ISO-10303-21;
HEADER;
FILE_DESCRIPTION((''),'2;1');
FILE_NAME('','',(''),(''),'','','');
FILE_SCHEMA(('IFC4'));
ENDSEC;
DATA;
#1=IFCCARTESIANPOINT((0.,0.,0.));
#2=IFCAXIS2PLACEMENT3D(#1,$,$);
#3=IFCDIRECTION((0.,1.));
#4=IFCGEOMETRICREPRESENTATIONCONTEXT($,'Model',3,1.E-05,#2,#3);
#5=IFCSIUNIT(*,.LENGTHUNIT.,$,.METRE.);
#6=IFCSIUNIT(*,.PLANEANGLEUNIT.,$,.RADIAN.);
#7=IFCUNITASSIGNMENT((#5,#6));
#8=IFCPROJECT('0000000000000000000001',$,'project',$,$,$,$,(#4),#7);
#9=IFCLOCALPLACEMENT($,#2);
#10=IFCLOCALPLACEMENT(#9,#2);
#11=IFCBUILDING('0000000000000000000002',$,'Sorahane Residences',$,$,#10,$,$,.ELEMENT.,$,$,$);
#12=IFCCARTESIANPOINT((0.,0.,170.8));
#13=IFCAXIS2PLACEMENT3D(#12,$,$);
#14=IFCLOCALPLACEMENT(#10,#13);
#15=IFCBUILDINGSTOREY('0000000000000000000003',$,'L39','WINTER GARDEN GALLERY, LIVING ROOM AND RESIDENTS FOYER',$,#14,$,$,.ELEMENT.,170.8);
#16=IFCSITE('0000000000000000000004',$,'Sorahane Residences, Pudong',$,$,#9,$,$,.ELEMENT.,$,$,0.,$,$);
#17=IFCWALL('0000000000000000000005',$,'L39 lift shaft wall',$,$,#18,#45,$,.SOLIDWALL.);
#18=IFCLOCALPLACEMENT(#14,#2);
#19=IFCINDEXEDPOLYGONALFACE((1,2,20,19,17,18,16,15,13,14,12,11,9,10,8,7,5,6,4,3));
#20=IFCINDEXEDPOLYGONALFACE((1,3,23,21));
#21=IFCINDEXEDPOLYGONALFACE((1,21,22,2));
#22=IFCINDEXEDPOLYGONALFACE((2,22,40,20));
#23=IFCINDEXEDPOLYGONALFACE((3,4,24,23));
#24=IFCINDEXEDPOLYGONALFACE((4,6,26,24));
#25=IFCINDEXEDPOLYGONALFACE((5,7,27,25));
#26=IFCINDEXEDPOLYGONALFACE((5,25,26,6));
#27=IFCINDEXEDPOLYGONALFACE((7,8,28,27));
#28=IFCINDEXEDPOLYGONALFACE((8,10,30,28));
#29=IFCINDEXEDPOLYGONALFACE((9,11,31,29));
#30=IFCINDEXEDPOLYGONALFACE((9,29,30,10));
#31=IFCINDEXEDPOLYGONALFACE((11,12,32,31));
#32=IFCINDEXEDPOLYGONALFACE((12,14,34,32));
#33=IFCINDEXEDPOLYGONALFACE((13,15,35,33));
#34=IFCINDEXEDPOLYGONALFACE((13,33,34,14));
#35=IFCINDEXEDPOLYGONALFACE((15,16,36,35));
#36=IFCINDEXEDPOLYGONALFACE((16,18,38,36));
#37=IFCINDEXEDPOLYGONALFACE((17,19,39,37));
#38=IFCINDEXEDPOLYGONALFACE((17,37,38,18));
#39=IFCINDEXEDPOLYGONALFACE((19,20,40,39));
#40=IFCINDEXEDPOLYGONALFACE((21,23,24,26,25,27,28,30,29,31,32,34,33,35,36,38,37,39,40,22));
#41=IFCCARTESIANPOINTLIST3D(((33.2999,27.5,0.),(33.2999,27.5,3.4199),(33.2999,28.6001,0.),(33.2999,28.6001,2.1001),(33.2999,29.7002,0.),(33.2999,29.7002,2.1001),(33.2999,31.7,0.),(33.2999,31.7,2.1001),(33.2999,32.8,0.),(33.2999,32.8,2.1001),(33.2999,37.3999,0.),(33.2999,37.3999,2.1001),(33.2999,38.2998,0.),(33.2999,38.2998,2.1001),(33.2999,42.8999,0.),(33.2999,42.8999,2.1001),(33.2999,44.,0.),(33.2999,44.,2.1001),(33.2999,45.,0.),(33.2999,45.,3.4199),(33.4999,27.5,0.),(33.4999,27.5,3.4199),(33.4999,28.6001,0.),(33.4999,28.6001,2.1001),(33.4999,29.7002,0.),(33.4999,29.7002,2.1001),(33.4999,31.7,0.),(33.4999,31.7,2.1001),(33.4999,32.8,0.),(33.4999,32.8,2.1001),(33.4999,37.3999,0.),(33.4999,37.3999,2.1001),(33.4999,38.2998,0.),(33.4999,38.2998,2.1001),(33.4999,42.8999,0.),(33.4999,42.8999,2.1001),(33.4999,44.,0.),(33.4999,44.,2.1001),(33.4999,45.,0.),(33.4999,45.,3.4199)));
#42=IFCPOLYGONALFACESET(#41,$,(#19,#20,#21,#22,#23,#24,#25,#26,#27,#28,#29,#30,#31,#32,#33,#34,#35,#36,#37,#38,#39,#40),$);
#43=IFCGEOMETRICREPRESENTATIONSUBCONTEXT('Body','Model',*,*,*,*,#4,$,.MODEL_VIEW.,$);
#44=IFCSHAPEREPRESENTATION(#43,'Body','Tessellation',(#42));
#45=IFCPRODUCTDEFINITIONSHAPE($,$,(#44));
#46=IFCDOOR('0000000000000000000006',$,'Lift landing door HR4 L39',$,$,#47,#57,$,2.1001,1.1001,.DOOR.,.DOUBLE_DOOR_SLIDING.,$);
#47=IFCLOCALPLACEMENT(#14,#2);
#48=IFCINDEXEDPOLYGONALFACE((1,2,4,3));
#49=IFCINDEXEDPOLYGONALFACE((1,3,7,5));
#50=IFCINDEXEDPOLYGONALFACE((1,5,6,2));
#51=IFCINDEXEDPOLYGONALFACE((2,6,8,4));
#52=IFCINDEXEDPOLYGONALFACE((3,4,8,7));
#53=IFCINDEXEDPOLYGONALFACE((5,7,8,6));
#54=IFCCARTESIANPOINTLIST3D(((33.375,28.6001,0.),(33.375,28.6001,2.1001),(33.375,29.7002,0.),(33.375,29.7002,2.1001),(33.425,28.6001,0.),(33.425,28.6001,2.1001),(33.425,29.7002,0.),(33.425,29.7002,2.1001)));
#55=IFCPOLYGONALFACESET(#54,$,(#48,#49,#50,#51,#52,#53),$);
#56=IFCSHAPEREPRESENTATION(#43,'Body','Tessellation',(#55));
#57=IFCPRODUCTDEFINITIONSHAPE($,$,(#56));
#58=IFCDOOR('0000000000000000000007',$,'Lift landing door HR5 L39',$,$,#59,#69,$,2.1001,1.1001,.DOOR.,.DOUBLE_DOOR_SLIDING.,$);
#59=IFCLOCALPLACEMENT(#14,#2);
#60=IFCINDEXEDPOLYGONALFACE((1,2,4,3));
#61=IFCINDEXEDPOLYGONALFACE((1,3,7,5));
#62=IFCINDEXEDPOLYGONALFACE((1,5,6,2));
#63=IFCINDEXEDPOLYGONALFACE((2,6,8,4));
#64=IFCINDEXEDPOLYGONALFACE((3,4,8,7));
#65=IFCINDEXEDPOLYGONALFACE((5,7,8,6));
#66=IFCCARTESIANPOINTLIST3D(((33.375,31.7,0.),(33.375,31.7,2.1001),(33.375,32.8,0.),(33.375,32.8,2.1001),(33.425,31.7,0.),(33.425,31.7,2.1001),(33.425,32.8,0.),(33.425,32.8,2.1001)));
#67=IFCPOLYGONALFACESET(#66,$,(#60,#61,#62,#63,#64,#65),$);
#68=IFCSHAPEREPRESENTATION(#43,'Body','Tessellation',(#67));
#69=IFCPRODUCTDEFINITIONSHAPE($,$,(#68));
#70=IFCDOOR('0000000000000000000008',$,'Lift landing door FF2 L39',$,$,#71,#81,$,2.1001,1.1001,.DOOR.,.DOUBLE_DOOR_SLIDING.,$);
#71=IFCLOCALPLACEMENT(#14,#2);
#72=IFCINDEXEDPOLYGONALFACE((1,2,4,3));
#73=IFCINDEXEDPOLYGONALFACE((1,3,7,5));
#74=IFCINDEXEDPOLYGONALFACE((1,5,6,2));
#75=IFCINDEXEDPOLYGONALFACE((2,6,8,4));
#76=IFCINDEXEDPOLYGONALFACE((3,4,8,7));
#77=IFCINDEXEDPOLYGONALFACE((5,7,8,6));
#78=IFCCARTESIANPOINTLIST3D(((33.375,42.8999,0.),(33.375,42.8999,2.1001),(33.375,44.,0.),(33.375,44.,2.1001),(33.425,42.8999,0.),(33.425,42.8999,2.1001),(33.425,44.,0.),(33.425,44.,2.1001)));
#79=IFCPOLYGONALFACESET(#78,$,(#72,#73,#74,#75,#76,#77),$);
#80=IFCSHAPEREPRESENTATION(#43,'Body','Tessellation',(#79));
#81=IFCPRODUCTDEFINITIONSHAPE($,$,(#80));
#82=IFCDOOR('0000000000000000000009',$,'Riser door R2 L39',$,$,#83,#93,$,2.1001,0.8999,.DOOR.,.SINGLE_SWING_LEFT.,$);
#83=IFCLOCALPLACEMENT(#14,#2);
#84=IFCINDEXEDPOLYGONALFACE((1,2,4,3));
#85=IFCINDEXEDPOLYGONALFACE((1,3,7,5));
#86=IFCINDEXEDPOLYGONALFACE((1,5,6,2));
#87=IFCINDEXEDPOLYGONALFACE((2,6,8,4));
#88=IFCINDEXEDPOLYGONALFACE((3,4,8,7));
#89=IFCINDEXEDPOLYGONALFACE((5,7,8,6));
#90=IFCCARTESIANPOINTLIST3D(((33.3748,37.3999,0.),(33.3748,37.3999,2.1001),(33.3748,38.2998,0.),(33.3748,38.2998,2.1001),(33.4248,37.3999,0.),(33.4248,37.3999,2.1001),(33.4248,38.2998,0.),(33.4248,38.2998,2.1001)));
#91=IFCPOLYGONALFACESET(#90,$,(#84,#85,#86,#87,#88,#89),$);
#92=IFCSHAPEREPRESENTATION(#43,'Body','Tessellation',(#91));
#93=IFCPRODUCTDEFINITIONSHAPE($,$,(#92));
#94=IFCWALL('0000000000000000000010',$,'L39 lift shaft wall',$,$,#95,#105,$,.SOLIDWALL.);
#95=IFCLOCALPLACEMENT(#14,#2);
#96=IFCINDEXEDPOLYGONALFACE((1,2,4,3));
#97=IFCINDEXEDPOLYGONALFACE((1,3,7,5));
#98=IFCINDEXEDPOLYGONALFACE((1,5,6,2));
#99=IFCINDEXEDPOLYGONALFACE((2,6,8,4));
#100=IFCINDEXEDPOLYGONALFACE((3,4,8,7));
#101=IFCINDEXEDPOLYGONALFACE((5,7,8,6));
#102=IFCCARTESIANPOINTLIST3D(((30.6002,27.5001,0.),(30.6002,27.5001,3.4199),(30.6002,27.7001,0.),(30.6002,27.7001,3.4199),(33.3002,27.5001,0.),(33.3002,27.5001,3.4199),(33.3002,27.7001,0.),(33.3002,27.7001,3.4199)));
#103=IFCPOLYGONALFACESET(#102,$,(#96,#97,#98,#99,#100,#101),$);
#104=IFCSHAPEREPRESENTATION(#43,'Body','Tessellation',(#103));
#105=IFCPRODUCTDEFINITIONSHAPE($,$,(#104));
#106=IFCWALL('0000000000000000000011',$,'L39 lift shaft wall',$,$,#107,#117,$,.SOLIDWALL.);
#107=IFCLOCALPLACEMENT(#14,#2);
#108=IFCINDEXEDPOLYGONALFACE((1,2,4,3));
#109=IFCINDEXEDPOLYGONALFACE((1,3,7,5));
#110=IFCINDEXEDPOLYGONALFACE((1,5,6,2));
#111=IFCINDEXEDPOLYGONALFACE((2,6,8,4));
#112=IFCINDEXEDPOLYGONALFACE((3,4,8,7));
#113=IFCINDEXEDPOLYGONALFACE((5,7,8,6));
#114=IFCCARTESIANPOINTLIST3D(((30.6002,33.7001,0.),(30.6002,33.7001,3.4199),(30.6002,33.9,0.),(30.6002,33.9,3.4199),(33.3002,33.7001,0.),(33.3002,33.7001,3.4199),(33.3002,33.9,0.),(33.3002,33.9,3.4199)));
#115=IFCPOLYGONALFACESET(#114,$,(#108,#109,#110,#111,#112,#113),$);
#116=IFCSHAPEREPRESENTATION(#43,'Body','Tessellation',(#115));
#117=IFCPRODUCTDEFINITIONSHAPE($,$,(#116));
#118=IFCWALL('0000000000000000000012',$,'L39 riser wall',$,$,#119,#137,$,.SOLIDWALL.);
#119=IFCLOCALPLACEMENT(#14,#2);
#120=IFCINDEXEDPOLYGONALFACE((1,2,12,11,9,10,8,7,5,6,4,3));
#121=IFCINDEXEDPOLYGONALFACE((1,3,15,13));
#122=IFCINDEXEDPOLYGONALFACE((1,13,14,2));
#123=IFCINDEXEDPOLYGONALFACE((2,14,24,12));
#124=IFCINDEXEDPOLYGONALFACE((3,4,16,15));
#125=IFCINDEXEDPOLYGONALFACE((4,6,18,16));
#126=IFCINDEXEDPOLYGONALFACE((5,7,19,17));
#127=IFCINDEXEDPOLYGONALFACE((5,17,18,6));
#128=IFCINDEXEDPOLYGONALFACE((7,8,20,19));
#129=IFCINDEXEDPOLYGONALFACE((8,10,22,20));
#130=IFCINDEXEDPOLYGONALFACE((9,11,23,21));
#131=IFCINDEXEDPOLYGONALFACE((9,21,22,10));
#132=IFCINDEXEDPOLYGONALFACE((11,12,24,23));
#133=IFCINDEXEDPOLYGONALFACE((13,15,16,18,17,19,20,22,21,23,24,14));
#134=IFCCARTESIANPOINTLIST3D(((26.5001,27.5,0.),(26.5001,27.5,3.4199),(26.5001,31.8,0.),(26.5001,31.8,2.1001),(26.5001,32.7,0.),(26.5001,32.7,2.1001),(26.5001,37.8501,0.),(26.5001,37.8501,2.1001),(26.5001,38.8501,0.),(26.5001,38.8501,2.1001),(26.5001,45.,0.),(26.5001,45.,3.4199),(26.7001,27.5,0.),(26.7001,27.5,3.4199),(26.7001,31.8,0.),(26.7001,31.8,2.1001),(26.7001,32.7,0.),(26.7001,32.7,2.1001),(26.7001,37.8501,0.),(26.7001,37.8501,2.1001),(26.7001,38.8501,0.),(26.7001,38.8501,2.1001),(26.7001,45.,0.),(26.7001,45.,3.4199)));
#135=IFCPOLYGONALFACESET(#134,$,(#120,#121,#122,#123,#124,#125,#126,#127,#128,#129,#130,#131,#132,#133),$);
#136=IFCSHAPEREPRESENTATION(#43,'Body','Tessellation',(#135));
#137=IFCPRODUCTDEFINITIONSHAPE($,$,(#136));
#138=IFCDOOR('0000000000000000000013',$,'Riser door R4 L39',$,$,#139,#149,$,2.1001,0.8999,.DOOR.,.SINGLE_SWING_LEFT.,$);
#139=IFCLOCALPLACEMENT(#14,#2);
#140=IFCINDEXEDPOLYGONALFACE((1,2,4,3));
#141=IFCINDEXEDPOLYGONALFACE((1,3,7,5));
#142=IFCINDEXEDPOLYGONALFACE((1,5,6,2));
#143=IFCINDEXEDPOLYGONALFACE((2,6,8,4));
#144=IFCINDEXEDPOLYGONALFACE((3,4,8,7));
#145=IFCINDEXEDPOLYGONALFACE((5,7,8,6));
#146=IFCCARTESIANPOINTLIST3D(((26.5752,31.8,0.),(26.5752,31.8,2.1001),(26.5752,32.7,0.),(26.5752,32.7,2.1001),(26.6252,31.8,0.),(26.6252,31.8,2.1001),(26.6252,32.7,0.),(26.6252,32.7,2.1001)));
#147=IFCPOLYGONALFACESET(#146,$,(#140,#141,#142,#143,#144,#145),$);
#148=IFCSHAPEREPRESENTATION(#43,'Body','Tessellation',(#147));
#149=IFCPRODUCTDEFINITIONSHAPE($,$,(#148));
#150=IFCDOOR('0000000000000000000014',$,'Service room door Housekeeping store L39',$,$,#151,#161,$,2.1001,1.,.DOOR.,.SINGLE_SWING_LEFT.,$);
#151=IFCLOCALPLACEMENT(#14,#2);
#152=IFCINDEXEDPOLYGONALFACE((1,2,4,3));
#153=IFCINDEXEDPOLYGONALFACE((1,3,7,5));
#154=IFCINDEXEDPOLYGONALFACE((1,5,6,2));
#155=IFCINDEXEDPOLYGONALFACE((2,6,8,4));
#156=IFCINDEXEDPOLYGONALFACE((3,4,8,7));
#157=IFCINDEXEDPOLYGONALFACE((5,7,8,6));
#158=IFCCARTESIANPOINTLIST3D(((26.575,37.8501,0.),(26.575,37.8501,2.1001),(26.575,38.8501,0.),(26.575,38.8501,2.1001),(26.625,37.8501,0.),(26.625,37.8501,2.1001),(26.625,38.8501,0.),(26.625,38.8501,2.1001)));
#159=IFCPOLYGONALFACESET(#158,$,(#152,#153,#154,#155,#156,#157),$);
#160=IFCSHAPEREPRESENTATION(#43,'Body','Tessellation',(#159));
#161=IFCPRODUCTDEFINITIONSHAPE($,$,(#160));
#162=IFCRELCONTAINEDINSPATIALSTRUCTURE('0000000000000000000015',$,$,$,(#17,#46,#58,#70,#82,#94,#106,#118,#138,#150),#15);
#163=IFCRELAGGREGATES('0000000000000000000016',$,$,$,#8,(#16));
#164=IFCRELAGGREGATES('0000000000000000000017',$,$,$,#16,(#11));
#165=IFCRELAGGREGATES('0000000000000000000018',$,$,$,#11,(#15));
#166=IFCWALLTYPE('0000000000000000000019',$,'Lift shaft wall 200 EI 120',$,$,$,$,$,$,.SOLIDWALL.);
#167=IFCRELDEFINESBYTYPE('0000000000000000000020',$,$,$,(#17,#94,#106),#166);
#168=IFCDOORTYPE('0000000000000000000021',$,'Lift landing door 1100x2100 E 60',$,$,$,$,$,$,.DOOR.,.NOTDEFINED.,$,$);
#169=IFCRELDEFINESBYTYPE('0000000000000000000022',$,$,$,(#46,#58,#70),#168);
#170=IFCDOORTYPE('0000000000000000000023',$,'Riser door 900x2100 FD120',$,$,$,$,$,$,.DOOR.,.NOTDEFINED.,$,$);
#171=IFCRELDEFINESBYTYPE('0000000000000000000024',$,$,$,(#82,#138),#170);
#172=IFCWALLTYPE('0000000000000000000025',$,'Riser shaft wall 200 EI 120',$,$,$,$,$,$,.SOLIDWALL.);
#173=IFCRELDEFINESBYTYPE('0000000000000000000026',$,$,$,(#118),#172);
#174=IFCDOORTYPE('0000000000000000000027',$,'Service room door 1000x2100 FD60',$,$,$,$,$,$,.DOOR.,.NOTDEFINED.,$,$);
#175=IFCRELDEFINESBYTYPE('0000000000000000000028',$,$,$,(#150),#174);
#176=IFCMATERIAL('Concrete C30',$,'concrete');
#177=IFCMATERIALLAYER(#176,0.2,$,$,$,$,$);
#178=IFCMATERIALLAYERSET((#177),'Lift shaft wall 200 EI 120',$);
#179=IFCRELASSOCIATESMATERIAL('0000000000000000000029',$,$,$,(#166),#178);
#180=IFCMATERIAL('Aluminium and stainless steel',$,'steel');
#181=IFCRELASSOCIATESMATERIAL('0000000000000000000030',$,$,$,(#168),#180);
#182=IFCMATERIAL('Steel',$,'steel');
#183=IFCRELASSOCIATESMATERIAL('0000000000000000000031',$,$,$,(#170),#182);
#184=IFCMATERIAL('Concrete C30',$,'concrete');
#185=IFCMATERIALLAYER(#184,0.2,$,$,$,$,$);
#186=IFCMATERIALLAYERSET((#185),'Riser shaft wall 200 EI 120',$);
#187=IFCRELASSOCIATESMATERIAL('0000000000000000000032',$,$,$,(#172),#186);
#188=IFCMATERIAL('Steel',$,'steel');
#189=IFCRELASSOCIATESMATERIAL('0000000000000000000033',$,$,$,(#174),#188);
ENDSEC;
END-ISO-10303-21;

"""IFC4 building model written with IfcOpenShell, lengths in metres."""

from ifc_helpers import new_model, si_unit, direction, frame, frame_2d, origin, place, context, subcontext, project, spatial, rectangle, extrude, material, layer, layer_set, type_object, element, fill, save


model = new_model("IFC4")

# Units and contexts
model_context = context("Model", 3, precision=1e-05, world=origin(), true_north=direction((0.0, 1.0)))
body_context = subcontext(model_context, "Body", "Model", "MODEL_VIEW")
ifc_project = project(units=[si_unit("LENGTHUNIT", "METRE"), si_unit("PLANEANGLEUNIT", "RADIAN")], contexts=[model_context])

# Site, building, storey
site_placement = place(None, origin())
site = spatial("IfcSite", under=ifc_project, at=site_placement, Name="Sorahane Residences, Pudong", CompositionType="ELEMENT", RefElevation=0.0)
building_placement = place(site_placement, origin())
building = spatial("IfcBuilding", under=site, at=building_placement, Name="Sorahane Residences", CompositionType="ELEMENT")
storey_placement = place(building_placement, frame((0.0, 0.0, 170.8)))
storey = spatial("IfcBuildingStorey", under=building, at=storey_placement, Name="L39", Description="WINTER GARDEN GALLERY, LIVING ROOM AND RESIDENTS FOYER", CompositionType="ELEMENT", Elevation=170.8)

# Wall, openings, doors
ifc_material_1 = material(Name="Concrete C30", Category="concrete")
ifc_layer_1 = layer(ifc_material_1, 0.2)
ifc_layer_set_1 = layer_set([ifc_layer_1], Name="Lift shaft wall 200 EI 120")
wall_type_1 = type_object("IfcWallType", Name="Lift shaft wall 200 EI 120", PredefinedType="SOLIDWALL", material=ifc_layer_set_1)
wall_1_placement = place(storey_placement, frame((33.3999, 27.5, 0.0), z_axis=(0.0, 0.0, 1.0), x_axis=(0.0, 1.0, 0.0)))
wall_1 = element("IfcWall", 1, at=wall_1_placement, inside=storey, type_object=wall_type_1, Name="L39 lift shaft wall", PredefinedType="SOLIDWALL", context=body_context, shape_type="SweptSolid", body=[
    extrude(rectangle(XDim=17.5, YDim=0.2, at=frame_2d((8.75, 0.0))), origin(), (0.0, 0.0, 1.0), 3.4199),
])
opening_1_placement = place(wall_1_placement, frame((1.1001, 0.0, 0.0)))
opening_1 = element("IfcOpeningElement", 2, at=opening_1_placement, cuts=wall_1, PredefinedType="OPENING", context=body_context, shape_type="SweptSolid", body=[
    extrude(rectangle(XDim=1.1001, YDim=2.1001, at=frame_2d((0.55, 1.05))), frame((0.0, 0.1099, 0.0), z_axis=(0.0, -1.0, 0.0), x_axis=(1.0, 0.0, 0.0)), (0.0, 0.0, 1.0), 0.22),
])
opening_2_placement = place(wall_1_placement, frame((4.2, 0.0, 0.0)))
opening_2 = element("IfcOpeningElement", 3, at=opening_2_placement, cuts=wall_1, PredefinedType="OPENING", context=body_context, shape_type="SweptSolid", body=[
    extrude(rectangle(XDim=1.1001, YDim=2.1001, at=frame_2d((0.55, 1.05))), frame((0.0, 0.1099, 0.0), z_axis=(0.0, -1.0, 0.0), x_axis=(1.0, 0.0, 0.0)), (0.0, 0.0, 1.0), 0.22),
])
opening_3_placement = place(wall_1_placement, frame((15.3999, 0.0, 0.0)))
opening_3 = element("IfcOpeningElement", 4, at=opening_3_placement, cuts=wall_1, PredefinedType="OPENING", context=body_context, shape_type="SweptSolid", body=[
    extrude(rectangle(XDim=1.1001, YDim=2.1001, at=frame_2d((0.55, 1.05))), frame((0.0, 0.1099, 0.0), z_axis=(0.0, -1.0, 0.0), x_axis=(1.0, 0.0, 0.0)), (0.0, 0.0, 1.0), 0.22),
])
opening_4_placement = place(wall_1_placement, frame((9.8999, 0.0, 0.0)))
opening_4 = element("IfcOpeningElement", 5, at=opening_4_placement, cuts=wall_1, PredefinedType="OPENING", context=body_context, shape_type="SweptSolid", body=[
    extrude(rectangle(XDim=0.8999, YDim=2.1001, at=frame_2d((0.45, 1.05))), frame((0.0, 0.1099, 0.0), z_axis=(0.0, -1.0, 0.0), x_axis=(1.0, 0.0, 0.0)), (0.0, 0.0, 1.0), 0.22),
])
ifc_material_2 = material(Name="Aluminium and stainless steel", Category="steel")
door_type_1 = type_object("IfcDoorType", Name="Lift landing door 1100x2100 E 60", OperationType="NOTDEFINED", PredefinedType="DOOR", material=ifc_material_2)
door_1_placement = place(opening_1_placement, origin())
door_1 = element("IfcDoor", 6, at=door_1_placement, inside=storey, type_object=door_type_1, Name="Lift landing door HR4 L39", OperationType="DOUBLE_DOOR_SLIDING", OverallHeight=2.1001, OverallWidth=1.1001, PredefinedType="DOOR", context=body_context, shape_type="SweptSolid", body=[
    extrude(rectangle(XDim=1.1001, YDim=2.1001, at=frame_2d((0.55, 1.05))), frame((0.0, 0.0249, 0.0), z_axis=(0.0, -1.0, 0.0), x_axis=(1.0, 0.0, 0.0)), (0.0, 0.0, 1.0), 0.05),
])
fill(opening_1, door_1)
door_2_placement = place(opening_2_placement, origin())
door_2 = element("IfcDoor", 7, at=door_2_placement, inside=storey, type_object=door_type_1, Name="Lift landing door HR5 L39", OperationType="DOUBLE_DOOR_SLIDING", OverallHeight=2.1001, OverallWidth=1.1001, PredefinedType="DOOR", context=body_context, shape_type="SweptSolid", body=[
    extrude(rectangle(XDim=1.1001, YDim=2.1001, at=frame_2d((0.55, 1.05))), frame((0.0, 0.0249, 0.0), z_axis=(0.0, -1.0, 0.0), x_axis=(1.0, 0.0, 0.0)), (0.0, 0.0, 1.0), 0.05),
])
fill(opening_2, door_2)
door_3_placement = place(opening_3_placement, origin())
door_3 = element("IfcDoor", 8, at=door_3_placement, inside=storey, type_object=door_type_1, Name="Lift landing door FF2 L39", OperationType="DOUBLE_DOOR_SLIDING", OverallHeight=2.1001, OverallWidth=1.1001, PredefinedType="DOOR", context=body_context, shape_type="SweptSolid", body=[
    extrude(rectangle(XDim=1.1001, YDim=2.1001, at=frame_2d((0.55, 1.05))), frame((0.0, 0.0249, 0.0), z_axis=(0.0, -1.0, 0.0), x_axis=(1.0, 0.0, 0.0)), (0.0, 0.0, 1.0), 0.05),
])
fill(opening_3, door_3)
ifc_material_3 = material(Name="Steel", Category="steel")
door_type_2 = type_object("IfcDoorType", Name="Riser door 900x2100 FD120", OperationType="NOTDEFINED", PredefinedType="DOOR", material=ifc_material_3)
door_4_placement = place(opening_4_placement, frame((0.8999, 0.0, 0.0), z_axis=(0.0, 0.0, 1.0), x_axis=(-1.0, 0.0, 0.0)))
door_4 = element("IfcDoor", 9, at=door_4_placement, inside=storey, type_object=door_type_2, Name="Riser door R2 L39", OperationType="SINGLE_SWING_LEFT", OverallHeight=2.1001, OverallWidth=0.8999, PredefinedType="DOOR", context=body_context, shape_type="SweptSolid", body=[
    extrude(rectangle(XDim=0.8999, YDim=2.1001, at=frame_2d((0.45, 1.05))), frame((0.0, 0.0249, 0.0), z_axis=(0.0, -1.0, 0.0), x_axis=(1.0, 0.0, 0.0)), (0.0, 0.0, 1.0), 0.05),
])
fill(opening_4, door_4)

# Walls
for number, where, z_axis, x_axis, name in (
    (10, (30.6001, 27.6001, 0.0), (0.0, 0.0, 1.0), (1.0, 0.0, 0.0), "L39 lift shaft wall"),
    (11, (30.6001, 33.8, 0.0), (0.0, 0.0, 1.0), (1.0, 0.0, 0.0), "L39 lift shaft wall"),
):
    element("IfcWall", number, at=place(storey_placement, frame(where, z_axis=z_axis, x_axis=x_axis)), inside=storey, type_object=wall_type_1, Name=name, PredefinedType="SOLIDWALL", context=body_context, shape_type="SweptSolid", body=[
        extrude(rectangle(XDim=2.7, YDim=0.2, at=frame_2d((1.3501, 0.0))), origin(), (0.0, 0.0, 1.0), 3.4199),
    ])

# Wall, openings, doors
ifc_material_4 = material(Name="Concrete C30", Category="concrete")
ifc_layer_2 = layer(ifc_material_4, 0.2)
ifc_layer_set_2 = layer_set([ifc_layer_2], Name="Riser shaft wall 200 EI 120")
wall_type_2 = type_object("IfcWallType", Name="Riser shaft wall 200 EI 120", PredefinedType="SOLIDWALL", material=ifc_layer_set_2)
wall_2_placement = place(storey_placement, frame((26.6001, 27.5, 0.0), z_axis=(0.0, 0.0, 1.0), x_axis=(0.0, 1.0, 0.0)))
wall_2 = element("IfcWall", 12, at=wall_2_placement, inside=storey, type_object=wall_type_2, Name="L39 riser wall", PredefinedType="SOLIDWALL", context=body_context, shape_type="SweptSolid", body=[
    extrude(rectangle(XDim=17.5, YDim=0.2, at=frame_2d((8.75, 0.0))), origin(), (0.0, 0.0, 1.0), 3.4199),
])
opening_5_placement = place(wall_2_placement, frame((4.3, 0.0, 0.0)))
opening_5 = element("IfcOpeningElement", 13, at=opening_5_placement, cuts=wall_2, PredefinedType="OPENING", context=body_context, shape_type="SweptSolid", body=[
    extrude(rectangle(XDim=0.8999, YDim=2.1001, at=frame_2d((0.45, 1.05))), frame((0.0, 0.1099, 0.0), z_axis=(0.0, -1.0, 0.0), x_axis=(1.0, 0.0, 0.0)), (0.0, 0.0, 1.0), 0.22),
])
opening_6_placement = place(wall_2_placement, frame((10.3501, 0.0, 0.0)))
opening_6 = element("IfcOpeningElement", 14, at=opening_6_placement, cuts=wall_2, PredefinedType="OPENING", context=body_context, shape_type="SweptSolid", body=[
    extrude(rectangle(XDim=1.0, YDim=2.1001, at=frame_2d((0.5, 1.05))), frame((0.0, 0.1099, 0.0), z_axis=(0.0, -1.0, 0.0), x_axis=(1.0, 0.0, 0.0)), (0.0, 0.0, 1.0), 0.22),
])
door_5_placement = place(opening_5_placement, origin())
door_5 = element("IfcDoor", 15, at=door_5_placement, inside=storey, type_object=door_type_2, Name="Riser door R4 L39", OperationType="SINGLE_SWING_LEFT", OverallHeight=2.1001, OverallWidth=0.8999, PredefinedType="DOOR", context=body_context, shape_type="SweptSolid", body=[
    extrude(rectangle(XDim=0.8999, YDim=2.1001, at=frame_2d((0.45, 1.05))), frame((0.0, 0.0249, 0.0), z_axis=(0.0, -1.0, 0.0), x_axis=(1.0, 0.0, 0.0)), (0.0, 0.0, 1.0), 0.05),
])
fill(opening_5, door_5)
ifc_material_5 = material(Name="Steel", Category="steel")
door_type_3 = type_object("IfcDoorType", Name="Service room door 1000x2100 FD60", OperationType="NOTDEFINED", PredefinedType="DOOR", material=ifc_material_5)
door_6_placement = place(opening_6_placement, frame((1.0, 0.0, 0.0), z_axis=(0.0, 0.0, 1.0), x_axis=(-1.0, 0.0, 0.0)))
door_6 = element("IfcDoor", 16, at=door_6_placement, inside=storey, type_object=door_type_3, Name="Service room door Housekeeping store L39", OperationType="SINGLE_SWING_LEFT", OverallHeight=2.1001, OverallWidth=1.0, PredefinedType="DOOR", context=body_context, shape_type="SweptSolid", body=[
    extrude(rectangle(XDim=1.0, YDim=2.1001, at=frame_2d((0.5, 1.05))), frame((0.0, 0.0249, 0.0), z_axis=(0.0, -1.0, 0.0), x_axis=(1.0, 0.0, 0.0)), (0.0, 0.0, 1.0), 0.05),
])
fill(opening_6, door_6)

save(model, "model.ifc")
